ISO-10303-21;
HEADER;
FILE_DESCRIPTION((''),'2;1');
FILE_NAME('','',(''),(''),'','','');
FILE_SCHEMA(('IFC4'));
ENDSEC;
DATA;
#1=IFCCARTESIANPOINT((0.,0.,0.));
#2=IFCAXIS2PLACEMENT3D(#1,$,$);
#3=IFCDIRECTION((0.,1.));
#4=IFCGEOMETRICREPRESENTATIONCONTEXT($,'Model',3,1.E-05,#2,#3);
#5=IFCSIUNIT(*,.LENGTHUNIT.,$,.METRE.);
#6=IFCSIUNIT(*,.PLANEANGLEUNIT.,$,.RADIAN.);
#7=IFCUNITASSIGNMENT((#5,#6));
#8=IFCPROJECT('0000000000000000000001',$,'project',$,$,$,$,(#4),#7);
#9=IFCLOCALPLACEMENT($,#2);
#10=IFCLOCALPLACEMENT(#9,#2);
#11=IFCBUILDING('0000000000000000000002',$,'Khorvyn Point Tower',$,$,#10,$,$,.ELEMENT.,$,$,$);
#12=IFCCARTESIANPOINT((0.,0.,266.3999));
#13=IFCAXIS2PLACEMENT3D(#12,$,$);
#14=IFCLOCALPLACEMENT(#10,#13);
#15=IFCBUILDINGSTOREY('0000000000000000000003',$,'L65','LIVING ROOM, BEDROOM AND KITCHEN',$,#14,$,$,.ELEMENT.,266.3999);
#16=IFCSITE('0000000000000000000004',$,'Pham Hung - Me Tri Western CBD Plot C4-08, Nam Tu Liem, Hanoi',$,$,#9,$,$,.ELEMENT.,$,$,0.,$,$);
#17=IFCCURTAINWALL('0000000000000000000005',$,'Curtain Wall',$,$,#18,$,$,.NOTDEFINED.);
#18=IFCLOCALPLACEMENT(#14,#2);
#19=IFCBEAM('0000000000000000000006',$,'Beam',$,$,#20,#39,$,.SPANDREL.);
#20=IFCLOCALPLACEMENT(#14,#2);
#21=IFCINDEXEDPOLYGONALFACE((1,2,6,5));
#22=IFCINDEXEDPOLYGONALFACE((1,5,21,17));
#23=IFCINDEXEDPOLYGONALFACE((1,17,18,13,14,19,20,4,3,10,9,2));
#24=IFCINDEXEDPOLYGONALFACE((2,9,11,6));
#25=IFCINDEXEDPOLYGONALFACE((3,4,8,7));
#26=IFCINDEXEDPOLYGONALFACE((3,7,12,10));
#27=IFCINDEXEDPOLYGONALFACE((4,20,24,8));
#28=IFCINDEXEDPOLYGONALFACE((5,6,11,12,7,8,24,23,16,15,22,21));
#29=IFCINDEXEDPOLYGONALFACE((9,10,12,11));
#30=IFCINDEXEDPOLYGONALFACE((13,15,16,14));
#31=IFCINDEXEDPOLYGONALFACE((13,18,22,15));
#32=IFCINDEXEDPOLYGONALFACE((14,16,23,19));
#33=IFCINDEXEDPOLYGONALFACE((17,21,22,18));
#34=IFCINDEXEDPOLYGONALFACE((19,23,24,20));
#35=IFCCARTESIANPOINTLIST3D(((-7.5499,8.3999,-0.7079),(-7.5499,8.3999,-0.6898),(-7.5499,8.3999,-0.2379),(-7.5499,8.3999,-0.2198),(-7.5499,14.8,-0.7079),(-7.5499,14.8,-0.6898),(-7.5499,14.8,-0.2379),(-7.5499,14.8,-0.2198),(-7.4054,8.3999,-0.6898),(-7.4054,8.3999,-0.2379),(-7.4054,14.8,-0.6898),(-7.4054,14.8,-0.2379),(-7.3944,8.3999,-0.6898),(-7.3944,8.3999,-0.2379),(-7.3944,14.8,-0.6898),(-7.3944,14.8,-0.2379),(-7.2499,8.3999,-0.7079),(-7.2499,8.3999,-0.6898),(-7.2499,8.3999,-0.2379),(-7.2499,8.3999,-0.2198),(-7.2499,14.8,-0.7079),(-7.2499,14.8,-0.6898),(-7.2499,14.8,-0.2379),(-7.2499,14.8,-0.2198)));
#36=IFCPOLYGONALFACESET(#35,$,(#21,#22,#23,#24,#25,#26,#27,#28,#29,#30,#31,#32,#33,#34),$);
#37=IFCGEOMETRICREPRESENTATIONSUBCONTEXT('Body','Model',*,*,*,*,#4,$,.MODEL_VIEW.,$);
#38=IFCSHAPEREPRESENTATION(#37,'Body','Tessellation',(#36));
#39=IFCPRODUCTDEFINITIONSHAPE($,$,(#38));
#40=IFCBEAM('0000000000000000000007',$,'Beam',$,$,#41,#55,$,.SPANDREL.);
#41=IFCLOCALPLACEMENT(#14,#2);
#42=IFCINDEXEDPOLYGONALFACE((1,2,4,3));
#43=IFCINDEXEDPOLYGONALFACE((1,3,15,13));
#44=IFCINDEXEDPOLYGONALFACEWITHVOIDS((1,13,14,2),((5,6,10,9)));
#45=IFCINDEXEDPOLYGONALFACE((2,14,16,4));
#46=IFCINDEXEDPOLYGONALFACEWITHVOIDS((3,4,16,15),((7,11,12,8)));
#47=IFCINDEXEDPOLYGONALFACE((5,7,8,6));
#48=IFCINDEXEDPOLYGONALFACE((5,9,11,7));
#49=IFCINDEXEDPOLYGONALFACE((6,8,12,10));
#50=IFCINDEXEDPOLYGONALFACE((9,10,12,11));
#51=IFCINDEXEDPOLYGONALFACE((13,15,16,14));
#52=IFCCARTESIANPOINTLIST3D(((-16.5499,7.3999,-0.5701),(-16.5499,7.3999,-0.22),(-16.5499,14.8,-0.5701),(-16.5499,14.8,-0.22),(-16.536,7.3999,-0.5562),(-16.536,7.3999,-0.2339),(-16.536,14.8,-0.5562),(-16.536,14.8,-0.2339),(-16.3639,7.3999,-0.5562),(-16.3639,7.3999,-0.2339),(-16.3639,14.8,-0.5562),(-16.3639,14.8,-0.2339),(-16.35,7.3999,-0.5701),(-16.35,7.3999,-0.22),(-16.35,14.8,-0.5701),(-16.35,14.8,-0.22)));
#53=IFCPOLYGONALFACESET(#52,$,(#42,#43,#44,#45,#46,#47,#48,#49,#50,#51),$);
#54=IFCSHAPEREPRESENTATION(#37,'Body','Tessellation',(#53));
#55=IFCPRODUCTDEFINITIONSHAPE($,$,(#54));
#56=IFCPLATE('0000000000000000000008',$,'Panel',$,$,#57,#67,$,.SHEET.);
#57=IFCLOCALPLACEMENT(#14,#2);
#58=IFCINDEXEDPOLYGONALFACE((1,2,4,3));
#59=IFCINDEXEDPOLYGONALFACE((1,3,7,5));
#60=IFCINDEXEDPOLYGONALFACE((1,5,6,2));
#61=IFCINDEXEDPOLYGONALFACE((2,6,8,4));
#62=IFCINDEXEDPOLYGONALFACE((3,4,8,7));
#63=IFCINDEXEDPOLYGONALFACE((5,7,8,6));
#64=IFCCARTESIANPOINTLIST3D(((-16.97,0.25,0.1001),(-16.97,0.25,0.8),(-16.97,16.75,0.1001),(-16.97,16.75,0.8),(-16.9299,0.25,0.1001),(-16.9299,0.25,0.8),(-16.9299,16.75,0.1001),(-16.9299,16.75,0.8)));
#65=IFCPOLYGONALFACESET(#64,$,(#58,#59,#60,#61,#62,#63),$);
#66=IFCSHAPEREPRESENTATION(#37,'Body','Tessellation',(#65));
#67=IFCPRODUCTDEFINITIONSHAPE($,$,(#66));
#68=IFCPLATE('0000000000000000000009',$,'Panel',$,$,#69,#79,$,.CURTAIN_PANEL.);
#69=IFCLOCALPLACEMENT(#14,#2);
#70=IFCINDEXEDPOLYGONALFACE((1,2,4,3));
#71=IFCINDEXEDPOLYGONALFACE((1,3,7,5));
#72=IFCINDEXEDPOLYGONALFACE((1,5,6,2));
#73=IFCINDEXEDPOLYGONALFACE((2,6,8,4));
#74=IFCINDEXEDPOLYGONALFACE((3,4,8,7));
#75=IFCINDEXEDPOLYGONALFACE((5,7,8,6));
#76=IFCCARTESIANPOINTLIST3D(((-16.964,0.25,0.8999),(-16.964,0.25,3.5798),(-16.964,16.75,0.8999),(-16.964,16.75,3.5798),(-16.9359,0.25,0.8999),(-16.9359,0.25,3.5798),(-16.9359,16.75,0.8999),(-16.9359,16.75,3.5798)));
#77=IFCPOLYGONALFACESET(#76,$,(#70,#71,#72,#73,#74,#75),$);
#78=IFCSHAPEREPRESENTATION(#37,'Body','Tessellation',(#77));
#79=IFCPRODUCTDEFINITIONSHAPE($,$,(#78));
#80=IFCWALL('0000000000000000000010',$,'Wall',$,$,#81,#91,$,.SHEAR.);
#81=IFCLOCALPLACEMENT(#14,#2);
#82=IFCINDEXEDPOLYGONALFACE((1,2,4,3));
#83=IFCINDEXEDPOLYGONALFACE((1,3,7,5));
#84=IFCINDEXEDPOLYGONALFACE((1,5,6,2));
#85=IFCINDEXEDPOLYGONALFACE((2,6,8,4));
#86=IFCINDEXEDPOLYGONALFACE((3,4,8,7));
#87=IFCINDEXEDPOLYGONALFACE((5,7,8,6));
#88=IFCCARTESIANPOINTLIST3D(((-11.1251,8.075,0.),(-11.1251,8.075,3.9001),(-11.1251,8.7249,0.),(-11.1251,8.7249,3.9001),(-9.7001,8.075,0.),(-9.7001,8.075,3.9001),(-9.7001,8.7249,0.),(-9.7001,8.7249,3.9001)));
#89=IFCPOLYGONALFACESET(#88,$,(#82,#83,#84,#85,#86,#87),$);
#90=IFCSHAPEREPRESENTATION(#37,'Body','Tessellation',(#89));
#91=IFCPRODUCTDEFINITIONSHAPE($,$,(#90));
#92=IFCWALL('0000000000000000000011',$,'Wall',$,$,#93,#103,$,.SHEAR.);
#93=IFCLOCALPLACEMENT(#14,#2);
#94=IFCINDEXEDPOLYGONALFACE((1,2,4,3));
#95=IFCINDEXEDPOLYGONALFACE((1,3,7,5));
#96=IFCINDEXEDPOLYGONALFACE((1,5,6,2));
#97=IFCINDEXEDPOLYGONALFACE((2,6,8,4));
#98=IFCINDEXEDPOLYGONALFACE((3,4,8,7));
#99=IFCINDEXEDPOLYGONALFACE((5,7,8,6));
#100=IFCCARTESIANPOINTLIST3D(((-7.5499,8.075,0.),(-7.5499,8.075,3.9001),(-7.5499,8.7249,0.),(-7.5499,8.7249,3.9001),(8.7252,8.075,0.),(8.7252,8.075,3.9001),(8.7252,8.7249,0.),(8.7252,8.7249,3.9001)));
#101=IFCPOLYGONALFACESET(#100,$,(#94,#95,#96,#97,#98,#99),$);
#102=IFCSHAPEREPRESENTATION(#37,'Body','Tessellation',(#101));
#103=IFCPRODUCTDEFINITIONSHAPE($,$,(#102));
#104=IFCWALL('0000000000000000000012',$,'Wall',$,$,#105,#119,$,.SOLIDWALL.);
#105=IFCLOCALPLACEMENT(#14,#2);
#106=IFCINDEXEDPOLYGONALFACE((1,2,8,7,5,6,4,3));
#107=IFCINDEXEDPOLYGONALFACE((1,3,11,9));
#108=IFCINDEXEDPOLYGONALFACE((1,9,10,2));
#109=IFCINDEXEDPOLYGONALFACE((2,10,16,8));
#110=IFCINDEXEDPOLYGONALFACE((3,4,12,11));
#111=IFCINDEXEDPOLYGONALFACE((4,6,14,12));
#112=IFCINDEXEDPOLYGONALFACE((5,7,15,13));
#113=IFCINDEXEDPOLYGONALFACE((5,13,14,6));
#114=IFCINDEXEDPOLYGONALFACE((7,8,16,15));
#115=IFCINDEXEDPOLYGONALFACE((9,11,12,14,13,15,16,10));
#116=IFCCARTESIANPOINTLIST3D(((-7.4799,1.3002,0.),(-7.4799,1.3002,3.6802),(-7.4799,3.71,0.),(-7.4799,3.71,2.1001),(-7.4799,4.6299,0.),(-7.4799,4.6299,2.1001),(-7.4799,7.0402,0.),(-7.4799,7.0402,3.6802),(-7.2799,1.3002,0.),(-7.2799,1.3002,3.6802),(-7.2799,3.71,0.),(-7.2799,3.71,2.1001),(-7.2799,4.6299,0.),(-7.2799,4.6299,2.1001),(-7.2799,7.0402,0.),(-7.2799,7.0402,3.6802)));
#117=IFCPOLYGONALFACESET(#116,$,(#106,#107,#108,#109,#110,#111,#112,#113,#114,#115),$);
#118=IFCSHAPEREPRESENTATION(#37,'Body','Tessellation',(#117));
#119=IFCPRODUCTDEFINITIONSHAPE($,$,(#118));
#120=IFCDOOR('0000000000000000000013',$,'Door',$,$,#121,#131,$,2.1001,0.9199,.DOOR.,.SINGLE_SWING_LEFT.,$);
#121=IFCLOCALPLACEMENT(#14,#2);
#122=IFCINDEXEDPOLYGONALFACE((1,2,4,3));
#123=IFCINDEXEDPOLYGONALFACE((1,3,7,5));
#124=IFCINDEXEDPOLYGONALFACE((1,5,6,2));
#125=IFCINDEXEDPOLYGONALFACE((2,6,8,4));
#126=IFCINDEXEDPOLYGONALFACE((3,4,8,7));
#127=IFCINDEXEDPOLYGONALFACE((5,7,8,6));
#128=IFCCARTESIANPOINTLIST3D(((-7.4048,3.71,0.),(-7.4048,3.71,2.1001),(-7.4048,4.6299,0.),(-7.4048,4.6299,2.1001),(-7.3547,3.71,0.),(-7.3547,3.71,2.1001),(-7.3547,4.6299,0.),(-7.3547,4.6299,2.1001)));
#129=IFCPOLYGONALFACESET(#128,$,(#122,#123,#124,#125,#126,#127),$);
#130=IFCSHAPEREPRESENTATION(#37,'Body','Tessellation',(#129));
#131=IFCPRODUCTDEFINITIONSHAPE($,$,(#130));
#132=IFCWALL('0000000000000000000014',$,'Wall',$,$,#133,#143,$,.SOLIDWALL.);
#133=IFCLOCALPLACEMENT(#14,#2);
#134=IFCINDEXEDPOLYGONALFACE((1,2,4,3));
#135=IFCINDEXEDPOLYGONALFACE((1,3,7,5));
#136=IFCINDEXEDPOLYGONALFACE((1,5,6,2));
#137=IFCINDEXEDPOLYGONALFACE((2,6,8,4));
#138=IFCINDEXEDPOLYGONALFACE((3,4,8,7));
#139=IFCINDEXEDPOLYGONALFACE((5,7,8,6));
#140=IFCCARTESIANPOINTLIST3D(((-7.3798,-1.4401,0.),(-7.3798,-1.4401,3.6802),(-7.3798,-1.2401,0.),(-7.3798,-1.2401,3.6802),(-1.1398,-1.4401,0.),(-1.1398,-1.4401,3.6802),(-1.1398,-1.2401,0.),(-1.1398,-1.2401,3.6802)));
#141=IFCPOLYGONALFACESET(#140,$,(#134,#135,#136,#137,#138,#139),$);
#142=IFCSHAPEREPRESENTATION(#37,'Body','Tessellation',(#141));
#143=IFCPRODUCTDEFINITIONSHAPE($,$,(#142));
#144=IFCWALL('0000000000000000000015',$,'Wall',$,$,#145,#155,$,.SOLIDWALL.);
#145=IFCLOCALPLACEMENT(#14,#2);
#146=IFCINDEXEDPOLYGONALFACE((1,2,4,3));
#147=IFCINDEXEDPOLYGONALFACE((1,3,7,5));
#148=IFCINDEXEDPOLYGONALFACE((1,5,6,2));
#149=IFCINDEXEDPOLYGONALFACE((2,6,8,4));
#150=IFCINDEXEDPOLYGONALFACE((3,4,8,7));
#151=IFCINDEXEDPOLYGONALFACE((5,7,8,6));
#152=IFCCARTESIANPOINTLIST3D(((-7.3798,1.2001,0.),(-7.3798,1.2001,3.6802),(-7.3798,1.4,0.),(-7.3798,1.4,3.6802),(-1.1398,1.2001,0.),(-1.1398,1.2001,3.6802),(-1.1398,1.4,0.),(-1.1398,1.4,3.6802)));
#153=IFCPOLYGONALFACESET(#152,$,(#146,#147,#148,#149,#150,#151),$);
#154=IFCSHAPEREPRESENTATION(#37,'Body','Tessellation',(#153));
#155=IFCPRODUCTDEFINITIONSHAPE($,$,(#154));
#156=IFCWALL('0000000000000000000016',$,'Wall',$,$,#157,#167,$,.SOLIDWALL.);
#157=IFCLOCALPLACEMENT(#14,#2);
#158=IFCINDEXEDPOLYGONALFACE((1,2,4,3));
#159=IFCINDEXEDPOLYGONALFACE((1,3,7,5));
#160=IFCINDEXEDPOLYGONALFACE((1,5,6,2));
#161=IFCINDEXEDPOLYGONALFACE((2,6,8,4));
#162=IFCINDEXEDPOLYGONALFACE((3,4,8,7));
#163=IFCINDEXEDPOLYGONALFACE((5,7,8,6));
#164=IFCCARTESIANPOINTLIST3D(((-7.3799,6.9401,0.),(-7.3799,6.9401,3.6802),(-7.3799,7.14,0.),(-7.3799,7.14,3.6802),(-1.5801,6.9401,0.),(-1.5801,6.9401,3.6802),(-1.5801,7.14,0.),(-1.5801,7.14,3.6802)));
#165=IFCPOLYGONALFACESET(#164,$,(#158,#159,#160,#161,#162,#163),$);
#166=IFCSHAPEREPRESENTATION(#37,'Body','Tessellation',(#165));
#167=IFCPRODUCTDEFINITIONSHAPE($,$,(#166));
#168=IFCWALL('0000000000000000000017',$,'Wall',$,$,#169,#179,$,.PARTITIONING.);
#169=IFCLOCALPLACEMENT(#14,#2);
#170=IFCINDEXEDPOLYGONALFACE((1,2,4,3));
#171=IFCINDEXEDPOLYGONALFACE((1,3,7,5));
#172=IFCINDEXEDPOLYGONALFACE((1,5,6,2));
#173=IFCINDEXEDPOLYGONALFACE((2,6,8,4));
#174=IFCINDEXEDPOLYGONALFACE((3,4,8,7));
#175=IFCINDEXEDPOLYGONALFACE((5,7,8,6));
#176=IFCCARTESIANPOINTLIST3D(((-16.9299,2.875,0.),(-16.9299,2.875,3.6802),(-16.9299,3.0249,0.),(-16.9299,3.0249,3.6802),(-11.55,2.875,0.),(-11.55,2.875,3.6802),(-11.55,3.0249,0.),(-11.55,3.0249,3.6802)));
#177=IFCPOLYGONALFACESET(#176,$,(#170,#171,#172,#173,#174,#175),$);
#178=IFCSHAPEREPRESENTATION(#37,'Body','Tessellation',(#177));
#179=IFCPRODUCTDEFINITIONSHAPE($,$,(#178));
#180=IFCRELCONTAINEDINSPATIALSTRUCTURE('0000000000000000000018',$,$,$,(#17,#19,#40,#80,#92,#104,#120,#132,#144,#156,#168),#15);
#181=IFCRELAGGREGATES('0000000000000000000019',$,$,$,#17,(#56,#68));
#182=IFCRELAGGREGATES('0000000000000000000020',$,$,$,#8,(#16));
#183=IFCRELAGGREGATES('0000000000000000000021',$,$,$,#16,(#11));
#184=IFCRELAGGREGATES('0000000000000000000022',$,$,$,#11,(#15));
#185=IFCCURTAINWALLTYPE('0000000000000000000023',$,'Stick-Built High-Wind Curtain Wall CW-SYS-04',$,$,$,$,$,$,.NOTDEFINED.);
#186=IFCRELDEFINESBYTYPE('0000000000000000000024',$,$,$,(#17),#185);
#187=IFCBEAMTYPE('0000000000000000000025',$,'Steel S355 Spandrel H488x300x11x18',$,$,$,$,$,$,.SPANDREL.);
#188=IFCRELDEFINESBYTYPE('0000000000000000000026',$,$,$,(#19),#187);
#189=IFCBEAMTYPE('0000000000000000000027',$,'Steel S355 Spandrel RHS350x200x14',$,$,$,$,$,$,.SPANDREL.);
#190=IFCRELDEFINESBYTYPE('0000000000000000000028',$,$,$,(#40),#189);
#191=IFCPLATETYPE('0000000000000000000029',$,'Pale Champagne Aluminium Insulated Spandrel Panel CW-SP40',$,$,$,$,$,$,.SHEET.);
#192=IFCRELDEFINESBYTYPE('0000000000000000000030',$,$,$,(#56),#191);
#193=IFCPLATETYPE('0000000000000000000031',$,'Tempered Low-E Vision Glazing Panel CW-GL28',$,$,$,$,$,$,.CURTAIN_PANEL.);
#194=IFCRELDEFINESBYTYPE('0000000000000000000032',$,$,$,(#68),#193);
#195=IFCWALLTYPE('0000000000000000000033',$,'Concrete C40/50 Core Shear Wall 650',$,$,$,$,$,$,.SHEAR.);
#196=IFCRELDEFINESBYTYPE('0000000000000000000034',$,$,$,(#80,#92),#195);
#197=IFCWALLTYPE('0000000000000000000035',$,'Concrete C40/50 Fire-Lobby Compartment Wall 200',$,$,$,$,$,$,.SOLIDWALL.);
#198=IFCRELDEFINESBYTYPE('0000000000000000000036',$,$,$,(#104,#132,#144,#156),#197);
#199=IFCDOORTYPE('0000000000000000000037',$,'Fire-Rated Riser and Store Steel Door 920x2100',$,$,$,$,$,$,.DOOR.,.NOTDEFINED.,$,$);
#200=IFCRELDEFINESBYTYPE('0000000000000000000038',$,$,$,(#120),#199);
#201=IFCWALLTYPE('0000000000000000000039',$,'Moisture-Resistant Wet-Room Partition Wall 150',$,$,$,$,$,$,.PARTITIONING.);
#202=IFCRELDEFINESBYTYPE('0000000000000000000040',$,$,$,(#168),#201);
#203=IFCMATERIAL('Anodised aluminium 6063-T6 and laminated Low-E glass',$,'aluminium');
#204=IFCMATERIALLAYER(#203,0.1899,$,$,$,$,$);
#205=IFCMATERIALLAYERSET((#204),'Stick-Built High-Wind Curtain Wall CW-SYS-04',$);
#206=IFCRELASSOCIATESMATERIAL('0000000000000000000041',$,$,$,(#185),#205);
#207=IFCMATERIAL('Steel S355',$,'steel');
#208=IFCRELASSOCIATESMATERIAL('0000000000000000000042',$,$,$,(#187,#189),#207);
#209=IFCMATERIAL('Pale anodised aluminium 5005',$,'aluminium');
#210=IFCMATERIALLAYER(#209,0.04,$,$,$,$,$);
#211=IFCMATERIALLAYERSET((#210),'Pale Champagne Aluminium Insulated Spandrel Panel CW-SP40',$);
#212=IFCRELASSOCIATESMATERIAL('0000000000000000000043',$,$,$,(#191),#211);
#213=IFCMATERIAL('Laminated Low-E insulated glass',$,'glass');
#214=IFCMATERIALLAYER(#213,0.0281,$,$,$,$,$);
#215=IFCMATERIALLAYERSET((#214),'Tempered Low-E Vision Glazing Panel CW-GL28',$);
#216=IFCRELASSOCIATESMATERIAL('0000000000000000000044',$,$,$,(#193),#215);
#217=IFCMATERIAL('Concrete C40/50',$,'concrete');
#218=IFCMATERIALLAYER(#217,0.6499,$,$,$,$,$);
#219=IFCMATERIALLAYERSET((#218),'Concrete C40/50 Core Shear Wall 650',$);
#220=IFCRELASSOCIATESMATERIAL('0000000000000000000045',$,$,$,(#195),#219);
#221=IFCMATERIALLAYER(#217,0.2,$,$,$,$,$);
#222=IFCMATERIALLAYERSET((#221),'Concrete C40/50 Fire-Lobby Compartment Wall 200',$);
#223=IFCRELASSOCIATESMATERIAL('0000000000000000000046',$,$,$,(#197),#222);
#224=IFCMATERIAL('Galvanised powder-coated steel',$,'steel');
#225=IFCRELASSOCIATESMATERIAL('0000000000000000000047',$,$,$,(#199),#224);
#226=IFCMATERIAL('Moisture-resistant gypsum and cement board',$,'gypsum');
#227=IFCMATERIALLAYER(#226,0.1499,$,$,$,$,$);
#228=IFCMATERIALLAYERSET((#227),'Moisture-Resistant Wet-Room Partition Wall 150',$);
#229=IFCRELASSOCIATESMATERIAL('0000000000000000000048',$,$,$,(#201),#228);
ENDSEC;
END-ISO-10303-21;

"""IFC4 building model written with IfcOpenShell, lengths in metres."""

from ifc_helpers import new_model, si_unit, direction, frame, frame_2d, origin, origin_2d, place, context, subcontext, project, spatial, rectangle, hollow_rectangle, i_section, extrude, material, layer, layer_set, material_profile, profile_set, type_object, element, fill, aggregate, save


model = new_model("IFC4")

# Units and contexts
model_context = context("Model", 3, precision=1e-05, world=origin(), true_north=direction((0.0, 1.0)))
body_context = subcontext(model_context, "Body", "Model", "MODEL_VIEW")
ifc_project = project(units=[si_unit("LENGTHUNIT", "METRE"), si_unit("PLANEANGLEUNIT", "RADIAN")], contexts=[model_context])

# Site, building, storey
site_placement = place(None, origin())
site = spatial("IfcSite", under=ifc_project, at=site_placement, Name="Pham Hung - Me Tri Western CBD Plot C4-08, Nam Tu Liem, Hanoi", CompositionType="ELEMENT", RefElevation=0.0)
building_placement = place(site_placement, origin())
building = spatial("IfcBuilding", under=site, at=building_placement, Name="Khorvyn Point Tower", CompositionType="ELEMENT")
storey_placement = place(building_placement, frame((0.0, 0.0, 266.3999)))
storey = spatial("IfcBuildingStorey", under=building, at=storey_placement, Name="L65", Description="LIVING ROOM, BEDROOM AND KITCHEN", CompositionType="ELEMENT", Elevation=266.3999)

# Shared definitions
ifc_material_1 = material(Name="Concrete C40/50", Category="concrete")
ifc_material_2 = material(Name="Steel S355", Category="steel")

# Curtain wall
ifc_material_3 = material(Name="Anodised aluminium 6063-T6 and laminated Low-E glass", Category="aluminium")
ifc_layer_1 = layer(ifc_material_3, 0.1899)
ifc_layer_set_1 = layer_set([ifc_layer_1], Name="Stick-Built High-Wind Curtain Wall CW-SYS-04")
curtain_wall_type = type_object("IfcCurtainWallType", Name="Stick-Built High-Wind Curtain Wall CW-SYS-04", PredefinedType="NOTDEFINED", material=ifc_layer_set_1)
curtain_wall_placement = place(storey_placement, origin())
curtain_wall = element("IfcCurtainWall", 1, at=curtain_wall_placement, inside=storey, type_object=curtain_wall_type, Name="Curtain Wall", PredefinedType="NOTDEFINED")

# Beams
ifc_material_profile_1 = material_profile(ifc_material_2, i_section(OverallWidth=0.3, OverallDepth=0.488, WebThickness=0.011, FlangeThickness=0.0181, at=origin_2d()))
ifc_profile_set_1 = profile_set([ifc_material_profile_1], Name="Steel S355 H488x300x11x18")
beam_type_1 = type_object("IfcBeamType", Name="Steel S355 Spandrel H488x300x11x18", PredefinedType="SPANDREL", material=ifc_profile_set_1)
beam_1_placement = place(storey_placement, frame((-7.3999, 8.3999, -0.4639), z_axis=(0.0, 1.0, 0.0), x_axis=(-1.0, 0.0, 0.0)))
element("IfcBeam", 2, at=beam_1_placement, inside=storey, type_object=beam_type_1, Name="Beam", PredefinedType="SPANDREL", context=body_context, shape_type="SweptSolid", body=[
    extrude(i_section(OverallWidth=0.3, OverallDepth=0.488, WebThickness=0.011, FlangeThickness=0.0181, at=origin_2d()), origin(), (0.0, 0.0, 1.0), 6.4001),
])
ifc_material_profile_2 = material_profile(ifc_material_2, hollow_rectangle(XDim=0.2, YDim=0.3501, WallThickness=0.0139, at=origin_2d()))
ifc_profile_set_2 = profile_set([ifc_material_profile_2], Name="Steel S355 RHS350x200x14")
beam_type_2 = type_object("IfcBeamType", Name="Steel S355 Spandrel RHS350x200x14", PredefinedType="SPANDREL", material=ifc_profile_set_2)
beam_2_placement = place(storey_placement, frame((-16.45, 7.3999, -0.395), z_axis=(0.0, 1.0, 0.0), x_axis=(-1.0, 0.0, 0.0)))
element("IfcBeam", 3, at=beam_2_placement, inside=storey, type_object=beam_type_2, Name="Beam", PredefinedType="SPANDREL", context=body_context, shape_type="SweptSolid", body=[
    extrude(hollow_rectangle(XDim=0.2, YDim=0.3501, WallThickness=0.0139, at=origin_2d()), origin(), (0.0, 0.0, 1.0), 7.4001),
])

# Plates
ifc_material_4 = material(Name="Pale anodised aluminium 5005", Category="aluminium")
ifc_layer_2 = layer(ifc_material_4, 0.04)
ifc_layer_set_2 = layer_set([ifc_layer_2], Name="Pale Champagne Aluminium Insulated Spandrel Panel CW-SP40")
plate_type_1 = type_object("IfcPlateType", Name="Pale Champagne Aluminium Insulated Spandrel Panel CW-SP40", PredefinedType="SHEET", material=ifc_layer_set_2)
plate_1_placement = place(storey_placement, frame((-16.95, 8.5, 0.1001), z_axis=(0.0, 0.0, 1.0), x_axis=(0.0, 1.0, 0.0)))
plate_1 = element("IfcPlate", 4, at=plate_1_placement, type_object=plate_type_1, Name="Panel", PredefinedType="SHEET", context=body_context, shape_type="SweptSolid", body=[
    extrude(rectangle(XDim=16.5, YDim=0.04, at=origin_2d()), origin(), (0.0, 0.0, 1.0), 0.7),
])
ifc_material_5 = material(Name="Laminated Low-E insulated glass", Category="glass")
ifc_layer_3 = layer(ifc_material_5, 0.0281)
ifc_layer_set_3 = layer_set([ifc_layer_3], Name="Tempered Low-E Vision Glazing Panel CW-GL28")
plate_type_2 = type_object("IfcPlateType", Name="Tempered Low-E Vision Glazing Panel CW-GL28", PredefinedType="CURTAIN_PANEL", material=ifc_layer_set_3)
plate_2_placement = place(storey_placement, frame((-16.95, 8.5, 0.8999), z_axis=(0.0, 0.0, 1.0), x_axis=(0.0, 1.0, 0.0)))
plate_2 = element("IfcPlate", 5, at=plate_2_placement, type_object=plate_type_2, Name="Panel", PredefinedType="CURTAIN_PANEL", context=body_context, shape_type="SweptSolid", body=[
    extrude(rectangle(XDim=16.5, YDim=0.0281, at=origin_2d()), origin(), (0.0, 0.0, 1.0), 2.6799),
])
aggregate(curtain_wall, [plate_1, plate_2])

# Walls
ifc_layer_4 = layer(ifc_material_1, 0.6499)
ifc_layer_set_4 = layer_set([ifc_layer_4], Name="Concrete C40/50 Core Shear Wall 650")
wall_type_1 = type_object("IfcWallType", Name="Concrete C40/50 Core Shear Wall 650", PredefinedType="SHEAR", material=ifc_layer_set_4)
wall_1_placement = place(storey_placement, frame((-11.125, 8.3999, 0.0), z_axis=(0.0, 0.0, 1.0), x_axis=(1.0, 0.0, 0.0)))
element("IfcWall", 6, at=wall_1_placement, inside=storey, type_object=wall_type_1, Name="Wall", PredefinedType="SHEAR", context=body_context, shape_type="SweptSolid", body=[
    extrude(rectangle(XDim=1.425, YDim=0.6499, at=frame_2d((0.7124, 0.0))), origin(), (0.0, 0.0, 1.0), 3.9001),
])
wall_2_placement = place(storey_placement, frame((-7.55, 8.3999, 0.0), z_axis=(0.0, 0.0, 1.0), x_axis=(1.0, 0.0, 0.0)))
element("IfcWall", 7, at=wall_2_placement, inside=storey, type_object=wall_type_1, Name="Wall", PredefinedType="SHEAR", context=body_context, shape_type="SweptSolid", body=[
    extrude(rectangle(XDim=16.2751, YDim=0.6499, at=frame_2d((8.1377, 0.0))), origin(), (0.0, 0.0, 1.0), 3.9001),
])

# Wall, opening, door
ifc_layer_5 = layer(ifc_material_1, 0.2)
ifc_layer_set_5 = layer_set([ifc_layer_5], Name="Concrete C40/50 Fire-Lobby Compartment Wall 200")
wall_type_2 = type_object("IfcWallType", Name="Concrete C40/50 Fire-Lobby Compartment Wall 200", PredefinedType="SOLIDWALL", material=ifc_layer_set_5)
ifc_material_6 = material(Name="Galvanised powder-coated steel", Category="steel")
wall_3_placement = place(storey_placement, frame((-7.3799, 1.3, 0.0), z_axis=(0.0, 0.0, 1.0), x_axis=(0.0, 1.0, 0.0)))
wall_3 = element("IfcWall", 8, at=wall_3_placement, inside=storey, type_object=wall_type_2, Name="Wall", PredefinedType="SOLIDWALL", context=body_context, shape_type="SweptSolid", body=[
    extrude(rectangle(XDim=5.74, YDim=0.2, at=frame_2d((2.8701, 0.0))), origin(), (0.0, 0.0, 1.0), 3.6802),
])
opening_1_placement = place(wall_3_placement, frame((2.4099, 0.0, 0.0)))
opening_1 = element("IfcOpeningElement", 9, at=opening_1_placement, cuts=wall_3, PredefinedType="OPENING", context=body_context, shape_type="SweptSolid", body=[
    extrude(rectangle(XDim=0.9199, YDim=2.1001, at=frame_2d((0.46, 1.05))), frame((0.0, 0.1099, 0.0), z_axis=(0.0, -1.0, 0.0), x_axis=(1.0, 0.0, 0.0)), (0.0, 0.0, 1.0), 0.22),
])
door_type_1 = type_object("IfcDoorType", Name="Fire-Rated Riser and Store Steel Door 920x2100", OperationType="NOTDEFINED", PredefinedType="DOOR", material=ifc_material_6)
door_1_placement = place(opening_1_placement, origin())
door_1 = element("IfcDoor", 10, at=door_1_placement, inside=storey, type_object=door_type_1, Name="Door", OperationType="SINGLE_SWING_LEFT", OverallHeight=2.1001, OverallWidth=0.9199, PredefinedType="DOOR", context=body_context, shape_type="SweptSolid", body=[
    extrude(rectangle(XDim=0.9199, YDim=2.1001, at=frame_2d((0.46, 1.05))), frame((0.0, 0.0249, 0.0), z_axis=(0.0, -1.0, 0.0), x_axis=(1.0, 0.0, 0.0)), (0.0, 0.0, 1.0), 0.05),
])
fill(opening_1, door_1)

# Walls
for number, where, z_axis, x_axis, name in (
    (11, (-7.3799, -1.3401, 0.0), (0.0, 0.0, 1.0), (1.0, 0.0, 0.0), "Wall"),
    (12, (-7.3799, 1.3, 0.0), (0.0, 0.0, 1.0), (1.0, 0.0, 0.0), "Wall"),
):
    element("IfcWall", number, at=place(storey_placement, frame(where, z_axis=z_axis, x_axis=x_axis)), inside=storey, type_object=wall_type_2, Name=name, PredefinedType="SOLIDWALL", context=body_context, shape_type="SweptSolid", body=[
        extrude(rectangle(XDim=6.24, YDim=0.2, at=frame_2d((3.1201, 0.0))), origin(), (0.0, 0.0, 1.0), 3.6802),
    ])
wall_4_placement = place(storey_placement, frame((-7.3799, 7.04, 0.0), z_axis=(0.0, 0.0, 1.0), x_axis=(1.0, 0.0, 0.0)))
element("IfcWall", 13, at=wall_4_placement, inside=storey, type_object=wall_type_2, Name="Wall", PredefinedType="SOLIDWALL", context=body_context, shape_type="SweptSolid", body=[
    extrude(rectangle(XDim=5.7998, YDim=0.2, at=frame_2d((2.8999, 0.0))), origin(), (0.0, 0.0, 1.0), 3.6802),
])
ifc_material_7 = material(Name="Moisture-resistant gypsum and cement board", Category="gypsum")
ifc_layer_6 = layer(ifc_material_7, 0.1499)
ifc_layer_set_6 = layer_set([ifc_layer_6], Name="Moisture-Resistant Wet-Room Partition Wall 150")
wall_type_3 = type_object("IfcWallType", Name="Moisture-Resistant Wet-Room Partition Wall 150", PredefinedType="PARTITIONING", material=ifc_layer_set_6)
wall_5_placement = place(storey_placement, frame((-16.9299, 2.95, 0.0), z_axis=(0.0, 0.0, 1.0), x_axis=(1.0, 0.0, 0.0)))
element("IfcWall", 14, at=wall_5_placement, inside=storey, type_object=wall_type_3, Name="Wall", PredefinedType="PARTITIONING", context=body_context, shape_type="SweptSolid", body=[
    extrude(rectangle(XDim=5.3799, YDim=0.1499, at=frame_2d((2.6899, 0.0))), origin(), (0.0, 0.0, 1.0), 3.6802),
])

save(model, "model.ifc")
